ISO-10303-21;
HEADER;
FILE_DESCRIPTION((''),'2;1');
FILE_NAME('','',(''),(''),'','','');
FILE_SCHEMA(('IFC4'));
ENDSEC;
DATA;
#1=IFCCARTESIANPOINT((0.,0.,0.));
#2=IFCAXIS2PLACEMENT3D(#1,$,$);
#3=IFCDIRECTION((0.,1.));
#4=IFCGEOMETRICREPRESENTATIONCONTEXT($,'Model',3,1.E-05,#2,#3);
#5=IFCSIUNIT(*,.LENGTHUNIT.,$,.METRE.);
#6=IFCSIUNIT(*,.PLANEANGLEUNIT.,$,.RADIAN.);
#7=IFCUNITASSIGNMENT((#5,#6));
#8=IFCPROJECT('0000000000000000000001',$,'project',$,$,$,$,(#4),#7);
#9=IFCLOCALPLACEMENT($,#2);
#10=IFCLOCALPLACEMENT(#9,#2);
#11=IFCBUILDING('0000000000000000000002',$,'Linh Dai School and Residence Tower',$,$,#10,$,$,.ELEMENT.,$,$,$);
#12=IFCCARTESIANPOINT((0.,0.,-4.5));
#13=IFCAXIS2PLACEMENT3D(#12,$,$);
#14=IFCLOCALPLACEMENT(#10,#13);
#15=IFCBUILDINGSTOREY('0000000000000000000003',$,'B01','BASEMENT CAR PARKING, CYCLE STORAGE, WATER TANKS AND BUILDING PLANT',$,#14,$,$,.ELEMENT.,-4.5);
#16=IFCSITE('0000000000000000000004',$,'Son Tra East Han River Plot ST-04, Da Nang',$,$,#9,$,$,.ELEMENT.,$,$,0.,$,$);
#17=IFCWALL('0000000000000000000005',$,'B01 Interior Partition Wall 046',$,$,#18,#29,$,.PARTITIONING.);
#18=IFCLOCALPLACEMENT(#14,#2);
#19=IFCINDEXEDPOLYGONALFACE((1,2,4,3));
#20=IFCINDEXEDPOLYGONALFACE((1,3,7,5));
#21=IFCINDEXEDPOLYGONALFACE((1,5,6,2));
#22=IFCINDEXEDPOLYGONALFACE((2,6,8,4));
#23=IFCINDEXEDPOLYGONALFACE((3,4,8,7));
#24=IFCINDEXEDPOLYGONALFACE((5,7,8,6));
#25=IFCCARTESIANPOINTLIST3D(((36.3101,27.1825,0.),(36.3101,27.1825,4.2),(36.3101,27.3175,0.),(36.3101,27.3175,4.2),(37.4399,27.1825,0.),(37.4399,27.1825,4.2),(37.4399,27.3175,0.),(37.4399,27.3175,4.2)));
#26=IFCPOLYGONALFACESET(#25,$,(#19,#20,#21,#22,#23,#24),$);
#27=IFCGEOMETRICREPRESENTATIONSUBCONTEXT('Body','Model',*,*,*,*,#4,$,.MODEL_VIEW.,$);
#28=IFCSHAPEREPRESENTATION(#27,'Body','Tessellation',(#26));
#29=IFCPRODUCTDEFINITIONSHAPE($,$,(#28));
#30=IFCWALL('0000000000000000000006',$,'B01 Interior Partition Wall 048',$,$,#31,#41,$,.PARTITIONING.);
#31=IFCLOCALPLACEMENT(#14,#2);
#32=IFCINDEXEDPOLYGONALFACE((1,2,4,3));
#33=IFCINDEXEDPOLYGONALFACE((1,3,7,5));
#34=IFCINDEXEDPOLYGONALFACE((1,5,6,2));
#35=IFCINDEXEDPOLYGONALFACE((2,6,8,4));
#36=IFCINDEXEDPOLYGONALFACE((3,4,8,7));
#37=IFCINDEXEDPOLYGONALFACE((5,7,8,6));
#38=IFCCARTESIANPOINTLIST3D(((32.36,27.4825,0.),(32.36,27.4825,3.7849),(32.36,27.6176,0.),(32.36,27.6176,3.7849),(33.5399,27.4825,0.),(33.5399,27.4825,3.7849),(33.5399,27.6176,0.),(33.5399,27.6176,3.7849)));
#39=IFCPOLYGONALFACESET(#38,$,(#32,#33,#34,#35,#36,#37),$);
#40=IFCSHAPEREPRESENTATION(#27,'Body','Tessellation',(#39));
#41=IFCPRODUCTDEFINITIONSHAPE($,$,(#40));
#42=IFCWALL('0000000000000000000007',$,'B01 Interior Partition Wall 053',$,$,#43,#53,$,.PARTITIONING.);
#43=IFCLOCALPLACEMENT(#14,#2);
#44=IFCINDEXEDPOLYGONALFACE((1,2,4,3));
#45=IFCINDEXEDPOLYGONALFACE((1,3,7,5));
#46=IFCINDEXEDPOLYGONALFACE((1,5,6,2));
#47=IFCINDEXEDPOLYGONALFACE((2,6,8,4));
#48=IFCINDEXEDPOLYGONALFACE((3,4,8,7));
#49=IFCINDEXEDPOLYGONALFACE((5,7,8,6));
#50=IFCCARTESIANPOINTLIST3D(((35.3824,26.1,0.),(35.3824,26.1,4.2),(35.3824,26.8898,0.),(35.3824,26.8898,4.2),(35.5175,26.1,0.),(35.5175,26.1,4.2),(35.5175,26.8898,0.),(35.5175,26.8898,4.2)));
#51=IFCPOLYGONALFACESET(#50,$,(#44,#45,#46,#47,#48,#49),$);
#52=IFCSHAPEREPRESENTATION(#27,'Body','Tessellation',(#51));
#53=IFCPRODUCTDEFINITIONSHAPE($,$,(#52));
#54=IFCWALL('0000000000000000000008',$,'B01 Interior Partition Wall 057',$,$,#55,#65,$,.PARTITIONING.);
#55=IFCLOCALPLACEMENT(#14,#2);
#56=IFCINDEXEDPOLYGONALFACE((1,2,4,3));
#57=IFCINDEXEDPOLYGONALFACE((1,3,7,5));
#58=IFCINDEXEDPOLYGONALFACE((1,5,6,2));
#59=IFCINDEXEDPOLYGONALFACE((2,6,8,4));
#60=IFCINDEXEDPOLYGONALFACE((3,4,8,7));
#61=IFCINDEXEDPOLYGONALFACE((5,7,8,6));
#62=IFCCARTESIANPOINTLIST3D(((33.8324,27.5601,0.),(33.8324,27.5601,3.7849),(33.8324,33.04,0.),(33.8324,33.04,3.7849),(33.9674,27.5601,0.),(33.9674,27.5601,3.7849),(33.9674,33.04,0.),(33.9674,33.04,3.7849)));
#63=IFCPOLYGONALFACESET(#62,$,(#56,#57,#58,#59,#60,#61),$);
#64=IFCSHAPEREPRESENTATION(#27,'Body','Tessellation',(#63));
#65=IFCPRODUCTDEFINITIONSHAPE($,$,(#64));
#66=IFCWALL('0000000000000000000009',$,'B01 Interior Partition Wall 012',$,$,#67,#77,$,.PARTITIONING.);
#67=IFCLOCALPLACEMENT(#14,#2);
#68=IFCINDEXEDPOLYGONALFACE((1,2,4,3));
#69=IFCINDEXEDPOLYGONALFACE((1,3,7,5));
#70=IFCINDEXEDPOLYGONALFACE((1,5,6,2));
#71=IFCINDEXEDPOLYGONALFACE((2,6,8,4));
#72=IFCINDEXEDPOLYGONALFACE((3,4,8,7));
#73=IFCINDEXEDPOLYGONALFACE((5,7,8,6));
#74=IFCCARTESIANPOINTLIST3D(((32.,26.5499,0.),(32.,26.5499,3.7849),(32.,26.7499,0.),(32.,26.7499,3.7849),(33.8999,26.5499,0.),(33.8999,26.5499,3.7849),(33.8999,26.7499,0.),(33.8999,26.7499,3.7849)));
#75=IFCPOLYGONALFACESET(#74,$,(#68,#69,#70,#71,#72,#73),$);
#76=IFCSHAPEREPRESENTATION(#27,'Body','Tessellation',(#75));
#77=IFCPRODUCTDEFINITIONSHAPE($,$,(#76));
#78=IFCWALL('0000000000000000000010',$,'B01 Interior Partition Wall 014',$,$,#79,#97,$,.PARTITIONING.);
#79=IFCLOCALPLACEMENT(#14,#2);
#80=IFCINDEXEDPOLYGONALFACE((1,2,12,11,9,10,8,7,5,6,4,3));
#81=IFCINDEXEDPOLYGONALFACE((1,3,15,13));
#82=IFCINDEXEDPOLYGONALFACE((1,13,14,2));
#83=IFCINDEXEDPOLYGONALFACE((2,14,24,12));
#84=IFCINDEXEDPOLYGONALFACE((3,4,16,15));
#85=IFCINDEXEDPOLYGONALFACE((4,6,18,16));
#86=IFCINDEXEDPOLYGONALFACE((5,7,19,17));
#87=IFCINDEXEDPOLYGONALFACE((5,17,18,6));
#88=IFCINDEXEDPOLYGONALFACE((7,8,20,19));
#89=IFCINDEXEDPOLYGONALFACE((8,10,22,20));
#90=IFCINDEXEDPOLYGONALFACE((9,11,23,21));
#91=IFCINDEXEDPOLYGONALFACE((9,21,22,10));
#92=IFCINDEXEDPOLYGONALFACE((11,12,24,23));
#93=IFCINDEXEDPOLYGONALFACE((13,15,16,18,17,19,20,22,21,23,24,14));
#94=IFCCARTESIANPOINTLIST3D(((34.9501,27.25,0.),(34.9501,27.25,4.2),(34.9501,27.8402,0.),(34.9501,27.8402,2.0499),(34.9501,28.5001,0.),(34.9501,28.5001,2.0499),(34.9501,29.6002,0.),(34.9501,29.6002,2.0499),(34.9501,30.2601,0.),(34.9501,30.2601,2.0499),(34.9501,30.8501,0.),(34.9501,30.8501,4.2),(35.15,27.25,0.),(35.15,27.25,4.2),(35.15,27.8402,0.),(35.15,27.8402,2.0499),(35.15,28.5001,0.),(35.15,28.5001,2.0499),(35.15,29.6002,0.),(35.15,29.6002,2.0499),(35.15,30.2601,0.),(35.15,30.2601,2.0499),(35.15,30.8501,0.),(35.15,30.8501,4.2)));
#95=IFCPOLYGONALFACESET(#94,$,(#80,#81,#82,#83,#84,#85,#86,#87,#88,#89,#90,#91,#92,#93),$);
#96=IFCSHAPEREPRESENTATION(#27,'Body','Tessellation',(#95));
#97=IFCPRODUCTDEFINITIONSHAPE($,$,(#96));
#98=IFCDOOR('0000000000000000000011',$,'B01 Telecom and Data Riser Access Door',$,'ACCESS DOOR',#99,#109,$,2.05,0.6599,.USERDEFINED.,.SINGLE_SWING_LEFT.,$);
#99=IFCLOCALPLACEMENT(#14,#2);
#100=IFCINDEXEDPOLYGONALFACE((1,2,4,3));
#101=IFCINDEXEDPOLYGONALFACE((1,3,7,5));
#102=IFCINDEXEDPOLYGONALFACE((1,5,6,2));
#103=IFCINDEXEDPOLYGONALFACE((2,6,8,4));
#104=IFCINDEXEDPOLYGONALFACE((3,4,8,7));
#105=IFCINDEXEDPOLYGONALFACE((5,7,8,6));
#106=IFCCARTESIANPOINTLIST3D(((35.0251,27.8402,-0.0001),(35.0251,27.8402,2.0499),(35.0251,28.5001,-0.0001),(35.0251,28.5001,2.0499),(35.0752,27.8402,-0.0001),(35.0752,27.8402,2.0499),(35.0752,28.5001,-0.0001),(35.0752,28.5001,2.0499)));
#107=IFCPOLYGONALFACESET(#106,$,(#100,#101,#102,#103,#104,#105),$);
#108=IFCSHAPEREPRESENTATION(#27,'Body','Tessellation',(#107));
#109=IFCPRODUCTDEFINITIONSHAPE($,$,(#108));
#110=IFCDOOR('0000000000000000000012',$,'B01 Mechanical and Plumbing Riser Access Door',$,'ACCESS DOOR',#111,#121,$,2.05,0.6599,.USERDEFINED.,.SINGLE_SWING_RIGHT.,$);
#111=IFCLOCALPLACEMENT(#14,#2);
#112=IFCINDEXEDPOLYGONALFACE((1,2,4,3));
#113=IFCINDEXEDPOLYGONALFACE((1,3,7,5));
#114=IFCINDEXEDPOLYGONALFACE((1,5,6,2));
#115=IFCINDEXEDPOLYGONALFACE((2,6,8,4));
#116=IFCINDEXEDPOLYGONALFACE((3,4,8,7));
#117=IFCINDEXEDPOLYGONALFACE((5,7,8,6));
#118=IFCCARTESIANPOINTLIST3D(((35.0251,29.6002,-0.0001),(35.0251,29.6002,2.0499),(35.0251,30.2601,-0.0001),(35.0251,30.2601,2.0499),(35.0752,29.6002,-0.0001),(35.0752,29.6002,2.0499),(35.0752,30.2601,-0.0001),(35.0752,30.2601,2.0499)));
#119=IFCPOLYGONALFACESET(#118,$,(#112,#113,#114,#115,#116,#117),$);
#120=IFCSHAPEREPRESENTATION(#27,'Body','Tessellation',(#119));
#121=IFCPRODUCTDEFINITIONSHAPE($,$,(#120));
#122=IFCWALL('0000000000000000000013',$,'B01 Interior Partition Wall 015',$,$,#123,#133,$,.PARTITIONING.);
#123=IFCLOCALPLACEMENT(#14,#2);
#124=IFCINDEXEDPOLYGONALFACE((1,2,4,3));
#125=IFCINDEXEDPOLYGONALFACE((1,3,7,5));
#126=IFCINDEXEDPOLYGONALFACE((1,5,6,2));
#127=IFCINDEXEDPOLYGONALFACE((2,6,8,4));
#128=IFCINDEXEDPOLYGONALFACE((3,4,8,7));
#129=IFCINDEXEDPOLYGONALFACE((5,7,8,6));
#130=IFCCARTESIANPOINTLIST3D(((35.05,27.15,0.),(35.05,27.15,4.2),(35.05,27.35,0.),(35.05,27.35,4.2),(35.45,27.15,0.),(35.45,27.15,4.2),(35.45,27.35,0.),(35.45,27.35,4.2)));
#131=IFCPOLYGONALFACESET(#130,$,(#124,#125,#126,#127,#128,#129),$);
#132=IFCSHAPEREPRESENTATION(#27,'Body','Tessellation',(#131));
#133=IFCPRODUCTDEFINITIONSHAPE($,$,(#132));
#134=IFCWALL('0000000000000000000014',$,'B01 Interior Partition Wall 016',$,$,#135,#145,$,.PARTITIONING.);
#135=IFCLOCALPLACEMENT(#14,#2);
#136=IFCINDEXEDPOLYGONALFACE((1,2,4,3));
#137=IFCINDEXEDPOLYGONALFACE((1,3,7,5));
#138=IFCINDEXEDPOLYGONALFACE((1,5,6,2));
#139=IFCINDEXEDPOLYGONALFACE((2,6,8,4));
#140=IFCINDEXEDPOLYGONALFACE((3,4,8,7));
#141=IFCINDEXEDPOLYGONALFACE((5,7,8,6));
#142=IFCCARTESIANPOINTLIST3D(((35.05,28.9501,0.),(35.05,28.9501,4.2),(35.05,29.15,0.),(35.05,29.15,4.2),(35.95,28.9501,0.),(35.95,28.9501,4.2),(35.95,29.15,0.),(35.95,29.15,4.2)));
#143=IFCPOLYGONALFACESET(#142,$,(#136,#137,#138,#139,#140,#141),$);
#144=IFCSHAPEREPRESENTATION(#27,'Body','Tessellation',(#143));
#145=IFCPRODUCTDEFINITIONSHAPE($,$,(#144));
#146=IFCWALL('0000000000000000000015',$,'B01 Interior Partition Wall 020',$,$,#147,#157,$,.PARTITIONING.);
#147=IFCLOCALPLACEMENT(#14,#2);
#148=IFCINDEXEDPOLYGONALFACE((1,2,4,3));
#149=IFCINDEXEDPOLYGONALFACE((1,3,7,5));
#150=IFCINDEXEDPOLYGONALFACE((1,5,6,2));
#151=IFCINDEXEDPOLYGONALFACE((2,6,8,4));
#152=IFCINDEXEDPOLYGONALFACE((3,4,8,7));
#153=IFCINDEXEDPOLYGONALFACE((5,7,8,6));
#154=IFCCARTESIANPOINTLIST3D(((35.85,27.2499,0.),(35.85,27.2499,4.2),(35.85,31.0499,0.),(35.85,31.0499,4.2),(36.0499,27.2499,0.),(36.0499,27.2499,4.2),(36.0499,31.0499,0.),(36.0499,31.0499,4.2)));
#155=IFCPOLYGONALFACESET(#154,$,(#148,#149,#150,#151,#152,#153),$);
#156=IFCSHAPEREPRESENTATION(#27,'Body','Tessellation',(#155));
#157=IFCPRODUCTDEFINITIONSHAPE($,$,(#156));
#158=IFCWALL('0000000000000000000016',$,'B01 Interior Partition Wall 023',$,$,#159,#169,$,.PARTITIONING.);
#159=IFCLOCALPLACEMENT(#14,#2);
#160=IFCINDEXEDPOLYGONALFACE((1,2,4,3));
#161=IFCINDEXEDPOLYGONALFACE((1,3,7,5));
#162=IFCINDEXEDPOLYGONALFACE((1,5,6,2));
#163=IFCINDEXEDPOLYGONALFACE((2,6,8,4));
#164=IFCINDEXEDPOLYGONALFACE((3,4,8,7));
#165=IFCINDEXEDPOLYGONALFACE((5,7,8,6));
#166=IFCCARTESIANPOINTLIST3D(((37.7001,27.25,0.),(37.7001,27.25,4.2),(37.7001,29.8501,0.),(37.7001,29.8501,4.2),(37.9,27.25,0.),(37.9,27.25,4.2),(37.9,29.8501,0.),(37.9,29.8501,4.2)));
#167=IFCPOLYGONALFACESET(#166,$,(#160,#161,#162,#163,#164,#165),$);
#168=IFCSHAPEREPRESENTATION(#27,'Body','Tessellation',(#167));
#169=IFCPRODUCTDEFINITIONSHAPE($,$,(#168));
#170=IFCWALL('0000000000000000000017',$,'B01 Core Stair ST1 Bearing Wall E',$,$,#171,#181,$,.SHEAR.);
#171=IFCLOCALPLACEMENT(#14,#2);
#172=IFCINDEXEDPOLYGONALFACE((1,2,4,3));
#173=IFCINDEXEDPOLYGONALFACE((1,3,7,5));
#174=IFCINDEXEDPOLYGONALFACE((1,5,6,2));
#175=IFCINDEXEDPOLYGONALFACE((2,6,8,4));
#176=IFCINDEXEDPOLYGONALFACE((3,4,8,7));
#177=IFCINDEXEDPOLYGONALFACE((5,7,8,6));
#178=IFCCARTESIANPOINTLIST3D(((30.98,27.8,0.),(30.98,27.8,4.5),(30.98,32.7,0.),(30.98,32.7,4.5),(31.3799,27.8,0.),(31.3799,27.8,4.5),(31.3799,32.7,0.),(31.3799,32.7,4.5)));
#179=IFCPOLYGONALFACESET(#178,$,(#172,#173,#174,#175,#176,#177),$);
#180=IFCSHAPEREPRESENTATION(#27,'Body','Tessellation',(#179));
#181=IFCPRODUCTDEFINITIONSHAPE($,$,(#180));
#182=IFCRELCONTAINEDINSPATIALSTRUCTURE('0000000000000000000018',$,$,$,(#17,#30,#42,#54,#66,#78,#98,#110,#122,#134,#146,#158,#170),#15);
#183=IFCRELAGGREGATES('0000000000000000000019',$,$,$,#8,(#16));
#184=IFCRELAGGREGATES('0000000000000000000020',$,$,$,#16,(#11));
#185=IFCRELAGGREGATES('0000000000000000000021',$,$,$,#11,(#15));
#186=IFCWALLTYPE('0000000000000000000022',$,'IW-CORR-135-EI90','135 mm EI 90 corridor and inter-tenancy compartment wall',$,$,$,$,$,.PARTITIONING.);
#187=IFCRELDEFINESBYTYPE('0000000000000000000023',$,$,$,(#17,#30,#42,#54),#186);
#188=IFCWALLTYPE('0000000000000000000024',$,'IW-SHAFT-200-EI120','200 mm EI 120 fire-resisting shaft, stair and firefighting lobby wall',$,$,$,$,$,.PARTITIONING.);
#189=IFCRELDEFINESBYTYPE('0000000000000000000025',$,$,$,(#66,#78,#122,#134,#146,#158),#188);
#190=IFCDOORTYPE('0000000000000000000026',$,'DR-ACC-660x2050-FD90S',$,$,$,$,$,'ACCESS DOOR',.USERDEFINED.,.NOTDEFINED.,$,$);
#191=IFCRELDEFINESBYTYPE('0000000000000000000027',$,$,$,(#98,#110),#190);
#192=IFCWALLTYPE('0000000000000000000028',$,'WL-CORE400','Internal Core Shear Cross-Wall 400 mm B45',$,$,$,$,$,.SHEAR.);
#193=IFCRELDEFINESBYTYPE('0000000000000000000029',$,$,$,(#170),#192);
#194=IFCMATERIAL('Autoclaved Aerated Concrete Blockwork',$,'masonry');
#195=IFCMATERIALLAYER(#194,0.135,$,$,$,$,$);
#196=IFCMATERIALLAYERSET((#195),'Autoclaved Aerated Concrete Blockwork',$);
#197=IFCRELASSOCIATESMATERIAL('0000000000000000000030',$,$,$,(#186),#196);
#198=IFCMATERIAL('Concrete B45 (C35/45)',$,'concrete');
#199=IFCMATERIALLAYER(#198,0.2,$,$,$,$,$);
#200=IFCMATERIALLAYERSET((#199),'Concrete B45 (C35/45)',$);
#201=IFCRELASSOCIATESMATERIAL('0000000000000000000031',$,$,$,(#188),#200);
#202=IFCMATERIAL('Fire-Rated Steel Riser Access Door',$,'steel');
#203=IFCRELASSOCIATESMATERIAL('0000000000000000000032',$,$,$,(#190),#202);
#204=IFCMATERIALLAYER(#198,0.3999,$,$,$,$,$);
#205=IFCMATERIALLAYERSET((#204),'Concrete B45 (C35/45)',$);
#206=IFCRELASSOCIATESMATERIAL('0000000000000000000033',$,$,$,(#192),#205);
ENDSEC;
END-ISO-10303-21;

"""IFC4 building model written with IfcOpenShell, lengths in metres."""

from ifc_helpers import new_model, si_unit, direction, frame, frame_2d, origin, origin_2d, place, context, subcontext, project, spatial, rectangle, extrude, source, transform, mapped, material, layer, layer_set, type_object, element, fill, save


model = new_model("IFC4")

# Units and contexts
model_context = context("Model", 3, precision=1e-05, world=origin(), true_north=direction((0.0, 1.0)))
body_context = subcontext(model_context, "Body", "Model", "MODEL_VIEW")
ifc_project = project(units=[si_unit("LENGTHUNIT", "METRE"), si_unit("PLANEANGLEUNIT", "RADIAN")], contexts=[model_context])

# Site, building, storey
site_placement = place(None, origin())
site = spatial("IfcSite", under=ifc_project, at=site_placement, Name="Son Tra East Han River Plot ST-04, Da Nang", CompositionType="ELEMENT", RefElevation=0.0)
building_placement = place(site_placement, origin())
building = spatial("IfcBuilding", under=site, at=building_placement, Name="Linh Dai School and Residence Tower", CompositionType="ELEMENT")
storey_placement = place(building_placement, frame((0.0, 0.0, -4.5)))
storey = spatial("IfcBuildingStorey", under=building, at=storey_placement, Name="B01", Description="BASEMENT CAR PARKING, CYCLE STORAGE, WATER TANKS AND BUILDING PLANT", CompositionType="ELEMENT", Elevation=-4.5)

# Walls
ifc_material_1 = material(Name="Autoclaved Aerated Concrete Blockwork", Category="masonry")
ifc_layer_1 = layer(ifc_material_1, 0.135)
ifc_layer_set_1 = layer_set([ifc_layer_1], Name="Autoclaved Aerated Concrete Blockwork")
wall_type_1 = type_object("IfcWallType", Name="IW-CORR-135-EI90", Description="135 mm EI 90 corridor and inter-tenancy compartment wall", PredefinedType="PARTITIONING", material=ifc_layer_set_1)
wall_1_placement = place(storey_placement, frame((37.4399, 27.25, 0.0), z_axis=(0.0, 0.0, 1.0), x_axis=(-1.0, 0.0, 0.0)))
element("IfcWall", 1, at=wall_1_placement, inside=storey, type_object=wall_type_1, Name="B01 Interior Partition Wall 046", PredefinedType="PARTITIONING", context=body_context, shape_type="SweptSolid", body=[
    extrude(rectangle(XDim=1.1299, YDim=0.135, at=frame_2d((0.5649, 0.0))), origin(), (0.0, 0.0, 1.0), 4.2),
])
wall_2_placement = place(storey_placement, frame((32.3601, 27.55, 0.0), z_axis=(0.0, 0.0, 1.0), x_axis=(1.0, 0.0, 0.0)))
element("IfcWall", 2, at=wall_2_placement, inside=storey, type_object=wall_type_1, Name="B01 Interior Partition Wall 048", PredefinedType="PARTITIONING", context=body_context, shape_type="SweptSolid", body=[
    extrude(rectangle(XDim=1.1799, YDim=0.135, at=frame_2d((0.5898, 0.0))), origin(), (0.0, 0.0, 1.0), 3.7849),
])
wall_3_placement = place(storey_placement, frame((35.45, 26.8899, 0.0), z_axis=(0.0, 0.0, 1.0), x_axis=(0.0, -1.0, 0.0)))
element("IfcWall", 3, at=wall_3_placement, inside=storey, type_object=wall_type_1, Name="B01 Interior Partition Wall 053", PredefinedType="PARTITIONING", context=body_context, shape_type="SweptSolid", body=[
    extrude(rectangle(XDim=0.7898, YDim=0.135, at=frame_2d((0.395, 0.0))), origin(), (0.0, 0.0, 1.0), 4.2),
])
wall_4_placement = place(storey_placement, frame((33.8999, 27.5601, 0.0), z_axis=(0.0, 0.0, 1.0), x_axis=(0.0, 1.0, 0.0)))
element("IfcWall", 4, at=wall_4_placement, inside=storey, type_object=wall_type_1, Name="B01 Interior Partition Wall 057", PredefinedType="PARTITIONING", context=body_context, shape_type="SweptSolid", body=[
    extrude(rectangle(XDim=5.48, YDim=0.135, at=frame_2d((2.74, 0.0))), origin(), (0.0, 0.0, 1.0), 3.7849),
])
ifc_material_2 = material(Name="Concrete B45 (C35/45)", Category="concrete")
ifc_layer_2 = layer(ifc_material_2, 0.2)
ifc_layer_set_2 = layer_set([ifc_layer_2], Name="Concrete B45 (C35/45)")
wall_type_2 = type_object("IfcWallType", Name="IW-SHAFT-200-EI120", Description="200 mm EI 120 fire-resisting shaft, stair and firefighting lobby wall", PredefinedType="PARTITIONING", material=ifc_layer_set_2)
wall_5_placement = place(storey_placement, frame((32.0, 26.6499, 0.0), z_axis=(0.0, 0.0, 1.0), x_axis=(1.0, 0.0, 0.0)))
element("IfcWall", 5, at=wall_5_placement, inside=storey, type_object=wall_type_2, Name="B01 Interior Partition Wall 012", PredefinedType="PARTITIONING", context=body_context, shape_type="SweptSolid", body=[
    extrude(rectangle(XDim=1.8999, YDim=0.2, at=frame_2d((0.95, 0.0))), origin(), (0.0, 0.0, 1.0), 3.7849),
])

# Wall, openings, doors
wall_6_placement = place(storey_placement, frame((35.05, 27.25, 0.0), z_axis=(0.0, 0.0, 1.0), x_axis=(0.0, 1.0, 0.0)))
wall_6 = element("IfcWall", 6, at=wall_6_placement, inside=storey, type_object=wall_type_2, Name="B01 Interior Partition Wall 014", PredefinedType="PARTITIONING", context=body_context, shape_type="SweptSolid", body=[
    extrude(rectangle(XDim=3.6001, YDim=0.2, at=frame_2d((1.8, 0.0))), origin(), (0.0, 0.0, 1.0), 4.2),
])
opening_1_placement = place(wall_6_placement, frame((0.5901, 0.0, 0.0)))
opening_1 = element("IfcOpeningElement", 7, at=opening_1_placement, cuts=wall_6, PredefinedType="OPENING", context=body_context, shape_type="SweptSolid", body=[
    extrude(rectangle(XDim=0.6599, YDim=2.05, at=origin_2d()), frame((0.3301, 0.1099, 1.0249), z_axis=(0.0, -1.0, 0.0), x_axis=(1.0, 0.0, 0.0)), (0.0, 0.0, 1.0), 0.22),
])
opening_2_placement = place(wall_6_placement, frame((2.3501, 0.0, 0.0)))
opening_2 = element("IfcOpeningElement", 8, at=opening_2_placement, cuts=wall_6, PredefinedType="OPENING", context=body_context, shape_type="SweptSolid", body=[
    extrude(rectangle(XDim=0.6599, YDim=2.05, at=origin_2d()), frame((0.3301, 0.1099, 1.0249), z_axis=(0.0, -1.0, 0.0), x_axis=(1.0, 0.0, 0.0)), (0.0, 0.0, 1.0), 0.22),
])
ifc_material_3 = material(Name="Fire-Rated Steel Riser Access Door", Category="steel")
door_type_1 = type_object("IfcDoorType", Name="DR-ACC-660x2050-FD90S", ElementType="ACCESS DOOR", OperationType="NOTDEFINED", PredefinedType="USERDEFINED", material=ifc_material_3)
shared_shape_1 = source(origin(), body_context, "Body", "SweptSolid", [
    extrude(rectangle(XDim=0.6599, YDim=2.05, at=origin_2d()), frame((0.3301, 0.0249, 1.0249), z_axis=(0.0, -1.0, 0.0), x_axis=(1.0, 0.0, 0.0)), (0.0, 0.0, 1.0), 0.05),
])
door_1_placement = place(opening_1_placement, origin())
door_1 = element("IfcDoor", 9, at=door_1_placement, inside=storey, type_object=door_type_1, Name="B01 Telecom and Data Riser Access Door", ObjectType="ACCESS DOOR", OperationType="SINGLE_SWING_LEFT", OverallHeight=2.05, OverallWidth=0.6599, PredefinedType="USERDEFINED", context=body_context, shape_type="MappedRepresentation", body=[
    mapped(shared_shape_1, transform((0.0, 0.0, 0.0), x_axis=(1.0, 0.0, 0.0), y_axis=(0.0, 1.0, 0.0), z_axis=(0.0, 0.0, 1.0), scale=1.0)),
])
fill(opening_1, door_1)
door_2_placement = place(opening_2_placement, origin())
door_2 = element("IfcDoor", 10, at=door_2_placement, inside=storey, type_object=door_type_1, Name="B01 Mechanical and Plumbing Riser Access Door", ObjectType="ACCESS DOOR", OperationType="SINGLE_SWING_RIGHT", OverallHeight=2.05, OverallWidth=0.6599, PredefinedType="USERDEFINED", context=body_context, shape_type="MappedRepresentation", body=[
    mapped(shared_shape_1, transform((0.0, 0.0, 0.0), x_axis=(1.0, 0.0, 0.0), y_axis=(0.0, 1.0, 0.0), z_axis=(0.0, 0.0, 1.0), scale=1.0)),
])
fill(opening_2, door_2)

# Walls
wall_7_placement = place(storey_placement, frame((35.05, 27.25, 0.0), z_axis=(0.0, 0.0, 1.0), x_axis=(1.0, 0.0, 0.0)))
element("IfcWall", 11, at=wall_7_placement, inside=storey, type_object=wall_type_2, Name="B01 Interior Partition Wall 015", PredefinedType="PARTITIONING", context=body_context, shape_type="SweptSolid", body=[
    extrude(rectangle(XDim=0.3999, YDim=0.2, at=frame_2d((0.2, 0.0))), origin(), (0.0, 0.0, 1.0), 4.2),
])
wall_8_placement = place(storey_placement, frame((35.05, 29.05, 0.0), z_axis=(0.0, 0.0, 1.0), x_axis=(1.0, 0.0, 0.0)))
element("IfcWall", 12, at=wall_8_placement, inside=storey, type_object=wall_type_2, Name="B01 Interior Partition Wall 016", PredefinedType="PARTITIONING", context=body_context, shape_type="SweptSolid", body=[
    extrude(rectangle(XDim=0.8999, YDim=0.2, at=frame_2d((0.45, 0.0))), origin(), (0.0, 0.0, 1.0), 4.2),
])
wall_9_placement = place(storey_placement, frame((35.95, 27.25, 0.0), z_axis=(0.0, 0.0, 1.0), x_axis=(0.0, 1.0, 0.0)))
element("IfcWall", 13, at=wall_9_placement, inside=storey, type_object=wall_type_2, Name="B01 Interior Partition Wall 020", PredefinedType="PARTITIONING", context=body_context, shape_type="SweptSolid", body=[
    extrude(rectangle(XDim=3.8, YDim=0.2, at=frame_2d((1.8999, 0.0))), origin(), (0.0, 0.0, 1.0), 4.2),
])

# Walls
wall_10_placement = place(storey_placement, frame((37.8, 27.25, 0.0), z_axis=(0.0, 0.0, 1.0), x_axis=(0.0, 1.0, 0.0)))
element("IfcWall", 14, at=wall_10_placement, inside=storey, type_object=wall_type_2, Name="B01 Interior Partition Wall 023", PredefinedType="PARTITIONING", context=body_context, shape_type="SweptSolid", body=[
    extrude(rectangle(XDim=2.6001, YDim=0.2, at=frame_2d((1.3, 0.0))), origin(), (0.0, 0.0, 1.0), 4.2),
])
ifc_layer_3 = layer(ifc_material_2, 0.3999)
ifc_layer_set_3 = layer_set([ifc_layer_3], Name="Concrete B45 (C35/45)")
wall_type_3 = type_object("IfcWallType", Name="WL-CORE400", Description="Internal Core Shear Cross-Wall 400 mm B45", PredefinedType="SHEAR", material=ifc_layer_set_3)
wall_11_placement = place(storey_placement, frame((31.1799, 27.8, 0.0), z_axis=(0.0, 0.0, 1.0), x_axis=(0.0, 1.0, 0.0)))
element("IfcWall", 15, at=wall_11_placement, inside=storey, type_object=wall_type_3, Name="B01 Core Stair ST1 Bearing Wall E", PredefinedType="SHEAR", context=body_context, shape_type="SweptSolid", body=[
    extrude(rectangle(XDim=4.8999, YDim=0.3999, at=frame_2d((2.45, 0.0))), origin(), (0.0, 0.0, 1.0), 4.5),
])

save(model, "model.ifc")
